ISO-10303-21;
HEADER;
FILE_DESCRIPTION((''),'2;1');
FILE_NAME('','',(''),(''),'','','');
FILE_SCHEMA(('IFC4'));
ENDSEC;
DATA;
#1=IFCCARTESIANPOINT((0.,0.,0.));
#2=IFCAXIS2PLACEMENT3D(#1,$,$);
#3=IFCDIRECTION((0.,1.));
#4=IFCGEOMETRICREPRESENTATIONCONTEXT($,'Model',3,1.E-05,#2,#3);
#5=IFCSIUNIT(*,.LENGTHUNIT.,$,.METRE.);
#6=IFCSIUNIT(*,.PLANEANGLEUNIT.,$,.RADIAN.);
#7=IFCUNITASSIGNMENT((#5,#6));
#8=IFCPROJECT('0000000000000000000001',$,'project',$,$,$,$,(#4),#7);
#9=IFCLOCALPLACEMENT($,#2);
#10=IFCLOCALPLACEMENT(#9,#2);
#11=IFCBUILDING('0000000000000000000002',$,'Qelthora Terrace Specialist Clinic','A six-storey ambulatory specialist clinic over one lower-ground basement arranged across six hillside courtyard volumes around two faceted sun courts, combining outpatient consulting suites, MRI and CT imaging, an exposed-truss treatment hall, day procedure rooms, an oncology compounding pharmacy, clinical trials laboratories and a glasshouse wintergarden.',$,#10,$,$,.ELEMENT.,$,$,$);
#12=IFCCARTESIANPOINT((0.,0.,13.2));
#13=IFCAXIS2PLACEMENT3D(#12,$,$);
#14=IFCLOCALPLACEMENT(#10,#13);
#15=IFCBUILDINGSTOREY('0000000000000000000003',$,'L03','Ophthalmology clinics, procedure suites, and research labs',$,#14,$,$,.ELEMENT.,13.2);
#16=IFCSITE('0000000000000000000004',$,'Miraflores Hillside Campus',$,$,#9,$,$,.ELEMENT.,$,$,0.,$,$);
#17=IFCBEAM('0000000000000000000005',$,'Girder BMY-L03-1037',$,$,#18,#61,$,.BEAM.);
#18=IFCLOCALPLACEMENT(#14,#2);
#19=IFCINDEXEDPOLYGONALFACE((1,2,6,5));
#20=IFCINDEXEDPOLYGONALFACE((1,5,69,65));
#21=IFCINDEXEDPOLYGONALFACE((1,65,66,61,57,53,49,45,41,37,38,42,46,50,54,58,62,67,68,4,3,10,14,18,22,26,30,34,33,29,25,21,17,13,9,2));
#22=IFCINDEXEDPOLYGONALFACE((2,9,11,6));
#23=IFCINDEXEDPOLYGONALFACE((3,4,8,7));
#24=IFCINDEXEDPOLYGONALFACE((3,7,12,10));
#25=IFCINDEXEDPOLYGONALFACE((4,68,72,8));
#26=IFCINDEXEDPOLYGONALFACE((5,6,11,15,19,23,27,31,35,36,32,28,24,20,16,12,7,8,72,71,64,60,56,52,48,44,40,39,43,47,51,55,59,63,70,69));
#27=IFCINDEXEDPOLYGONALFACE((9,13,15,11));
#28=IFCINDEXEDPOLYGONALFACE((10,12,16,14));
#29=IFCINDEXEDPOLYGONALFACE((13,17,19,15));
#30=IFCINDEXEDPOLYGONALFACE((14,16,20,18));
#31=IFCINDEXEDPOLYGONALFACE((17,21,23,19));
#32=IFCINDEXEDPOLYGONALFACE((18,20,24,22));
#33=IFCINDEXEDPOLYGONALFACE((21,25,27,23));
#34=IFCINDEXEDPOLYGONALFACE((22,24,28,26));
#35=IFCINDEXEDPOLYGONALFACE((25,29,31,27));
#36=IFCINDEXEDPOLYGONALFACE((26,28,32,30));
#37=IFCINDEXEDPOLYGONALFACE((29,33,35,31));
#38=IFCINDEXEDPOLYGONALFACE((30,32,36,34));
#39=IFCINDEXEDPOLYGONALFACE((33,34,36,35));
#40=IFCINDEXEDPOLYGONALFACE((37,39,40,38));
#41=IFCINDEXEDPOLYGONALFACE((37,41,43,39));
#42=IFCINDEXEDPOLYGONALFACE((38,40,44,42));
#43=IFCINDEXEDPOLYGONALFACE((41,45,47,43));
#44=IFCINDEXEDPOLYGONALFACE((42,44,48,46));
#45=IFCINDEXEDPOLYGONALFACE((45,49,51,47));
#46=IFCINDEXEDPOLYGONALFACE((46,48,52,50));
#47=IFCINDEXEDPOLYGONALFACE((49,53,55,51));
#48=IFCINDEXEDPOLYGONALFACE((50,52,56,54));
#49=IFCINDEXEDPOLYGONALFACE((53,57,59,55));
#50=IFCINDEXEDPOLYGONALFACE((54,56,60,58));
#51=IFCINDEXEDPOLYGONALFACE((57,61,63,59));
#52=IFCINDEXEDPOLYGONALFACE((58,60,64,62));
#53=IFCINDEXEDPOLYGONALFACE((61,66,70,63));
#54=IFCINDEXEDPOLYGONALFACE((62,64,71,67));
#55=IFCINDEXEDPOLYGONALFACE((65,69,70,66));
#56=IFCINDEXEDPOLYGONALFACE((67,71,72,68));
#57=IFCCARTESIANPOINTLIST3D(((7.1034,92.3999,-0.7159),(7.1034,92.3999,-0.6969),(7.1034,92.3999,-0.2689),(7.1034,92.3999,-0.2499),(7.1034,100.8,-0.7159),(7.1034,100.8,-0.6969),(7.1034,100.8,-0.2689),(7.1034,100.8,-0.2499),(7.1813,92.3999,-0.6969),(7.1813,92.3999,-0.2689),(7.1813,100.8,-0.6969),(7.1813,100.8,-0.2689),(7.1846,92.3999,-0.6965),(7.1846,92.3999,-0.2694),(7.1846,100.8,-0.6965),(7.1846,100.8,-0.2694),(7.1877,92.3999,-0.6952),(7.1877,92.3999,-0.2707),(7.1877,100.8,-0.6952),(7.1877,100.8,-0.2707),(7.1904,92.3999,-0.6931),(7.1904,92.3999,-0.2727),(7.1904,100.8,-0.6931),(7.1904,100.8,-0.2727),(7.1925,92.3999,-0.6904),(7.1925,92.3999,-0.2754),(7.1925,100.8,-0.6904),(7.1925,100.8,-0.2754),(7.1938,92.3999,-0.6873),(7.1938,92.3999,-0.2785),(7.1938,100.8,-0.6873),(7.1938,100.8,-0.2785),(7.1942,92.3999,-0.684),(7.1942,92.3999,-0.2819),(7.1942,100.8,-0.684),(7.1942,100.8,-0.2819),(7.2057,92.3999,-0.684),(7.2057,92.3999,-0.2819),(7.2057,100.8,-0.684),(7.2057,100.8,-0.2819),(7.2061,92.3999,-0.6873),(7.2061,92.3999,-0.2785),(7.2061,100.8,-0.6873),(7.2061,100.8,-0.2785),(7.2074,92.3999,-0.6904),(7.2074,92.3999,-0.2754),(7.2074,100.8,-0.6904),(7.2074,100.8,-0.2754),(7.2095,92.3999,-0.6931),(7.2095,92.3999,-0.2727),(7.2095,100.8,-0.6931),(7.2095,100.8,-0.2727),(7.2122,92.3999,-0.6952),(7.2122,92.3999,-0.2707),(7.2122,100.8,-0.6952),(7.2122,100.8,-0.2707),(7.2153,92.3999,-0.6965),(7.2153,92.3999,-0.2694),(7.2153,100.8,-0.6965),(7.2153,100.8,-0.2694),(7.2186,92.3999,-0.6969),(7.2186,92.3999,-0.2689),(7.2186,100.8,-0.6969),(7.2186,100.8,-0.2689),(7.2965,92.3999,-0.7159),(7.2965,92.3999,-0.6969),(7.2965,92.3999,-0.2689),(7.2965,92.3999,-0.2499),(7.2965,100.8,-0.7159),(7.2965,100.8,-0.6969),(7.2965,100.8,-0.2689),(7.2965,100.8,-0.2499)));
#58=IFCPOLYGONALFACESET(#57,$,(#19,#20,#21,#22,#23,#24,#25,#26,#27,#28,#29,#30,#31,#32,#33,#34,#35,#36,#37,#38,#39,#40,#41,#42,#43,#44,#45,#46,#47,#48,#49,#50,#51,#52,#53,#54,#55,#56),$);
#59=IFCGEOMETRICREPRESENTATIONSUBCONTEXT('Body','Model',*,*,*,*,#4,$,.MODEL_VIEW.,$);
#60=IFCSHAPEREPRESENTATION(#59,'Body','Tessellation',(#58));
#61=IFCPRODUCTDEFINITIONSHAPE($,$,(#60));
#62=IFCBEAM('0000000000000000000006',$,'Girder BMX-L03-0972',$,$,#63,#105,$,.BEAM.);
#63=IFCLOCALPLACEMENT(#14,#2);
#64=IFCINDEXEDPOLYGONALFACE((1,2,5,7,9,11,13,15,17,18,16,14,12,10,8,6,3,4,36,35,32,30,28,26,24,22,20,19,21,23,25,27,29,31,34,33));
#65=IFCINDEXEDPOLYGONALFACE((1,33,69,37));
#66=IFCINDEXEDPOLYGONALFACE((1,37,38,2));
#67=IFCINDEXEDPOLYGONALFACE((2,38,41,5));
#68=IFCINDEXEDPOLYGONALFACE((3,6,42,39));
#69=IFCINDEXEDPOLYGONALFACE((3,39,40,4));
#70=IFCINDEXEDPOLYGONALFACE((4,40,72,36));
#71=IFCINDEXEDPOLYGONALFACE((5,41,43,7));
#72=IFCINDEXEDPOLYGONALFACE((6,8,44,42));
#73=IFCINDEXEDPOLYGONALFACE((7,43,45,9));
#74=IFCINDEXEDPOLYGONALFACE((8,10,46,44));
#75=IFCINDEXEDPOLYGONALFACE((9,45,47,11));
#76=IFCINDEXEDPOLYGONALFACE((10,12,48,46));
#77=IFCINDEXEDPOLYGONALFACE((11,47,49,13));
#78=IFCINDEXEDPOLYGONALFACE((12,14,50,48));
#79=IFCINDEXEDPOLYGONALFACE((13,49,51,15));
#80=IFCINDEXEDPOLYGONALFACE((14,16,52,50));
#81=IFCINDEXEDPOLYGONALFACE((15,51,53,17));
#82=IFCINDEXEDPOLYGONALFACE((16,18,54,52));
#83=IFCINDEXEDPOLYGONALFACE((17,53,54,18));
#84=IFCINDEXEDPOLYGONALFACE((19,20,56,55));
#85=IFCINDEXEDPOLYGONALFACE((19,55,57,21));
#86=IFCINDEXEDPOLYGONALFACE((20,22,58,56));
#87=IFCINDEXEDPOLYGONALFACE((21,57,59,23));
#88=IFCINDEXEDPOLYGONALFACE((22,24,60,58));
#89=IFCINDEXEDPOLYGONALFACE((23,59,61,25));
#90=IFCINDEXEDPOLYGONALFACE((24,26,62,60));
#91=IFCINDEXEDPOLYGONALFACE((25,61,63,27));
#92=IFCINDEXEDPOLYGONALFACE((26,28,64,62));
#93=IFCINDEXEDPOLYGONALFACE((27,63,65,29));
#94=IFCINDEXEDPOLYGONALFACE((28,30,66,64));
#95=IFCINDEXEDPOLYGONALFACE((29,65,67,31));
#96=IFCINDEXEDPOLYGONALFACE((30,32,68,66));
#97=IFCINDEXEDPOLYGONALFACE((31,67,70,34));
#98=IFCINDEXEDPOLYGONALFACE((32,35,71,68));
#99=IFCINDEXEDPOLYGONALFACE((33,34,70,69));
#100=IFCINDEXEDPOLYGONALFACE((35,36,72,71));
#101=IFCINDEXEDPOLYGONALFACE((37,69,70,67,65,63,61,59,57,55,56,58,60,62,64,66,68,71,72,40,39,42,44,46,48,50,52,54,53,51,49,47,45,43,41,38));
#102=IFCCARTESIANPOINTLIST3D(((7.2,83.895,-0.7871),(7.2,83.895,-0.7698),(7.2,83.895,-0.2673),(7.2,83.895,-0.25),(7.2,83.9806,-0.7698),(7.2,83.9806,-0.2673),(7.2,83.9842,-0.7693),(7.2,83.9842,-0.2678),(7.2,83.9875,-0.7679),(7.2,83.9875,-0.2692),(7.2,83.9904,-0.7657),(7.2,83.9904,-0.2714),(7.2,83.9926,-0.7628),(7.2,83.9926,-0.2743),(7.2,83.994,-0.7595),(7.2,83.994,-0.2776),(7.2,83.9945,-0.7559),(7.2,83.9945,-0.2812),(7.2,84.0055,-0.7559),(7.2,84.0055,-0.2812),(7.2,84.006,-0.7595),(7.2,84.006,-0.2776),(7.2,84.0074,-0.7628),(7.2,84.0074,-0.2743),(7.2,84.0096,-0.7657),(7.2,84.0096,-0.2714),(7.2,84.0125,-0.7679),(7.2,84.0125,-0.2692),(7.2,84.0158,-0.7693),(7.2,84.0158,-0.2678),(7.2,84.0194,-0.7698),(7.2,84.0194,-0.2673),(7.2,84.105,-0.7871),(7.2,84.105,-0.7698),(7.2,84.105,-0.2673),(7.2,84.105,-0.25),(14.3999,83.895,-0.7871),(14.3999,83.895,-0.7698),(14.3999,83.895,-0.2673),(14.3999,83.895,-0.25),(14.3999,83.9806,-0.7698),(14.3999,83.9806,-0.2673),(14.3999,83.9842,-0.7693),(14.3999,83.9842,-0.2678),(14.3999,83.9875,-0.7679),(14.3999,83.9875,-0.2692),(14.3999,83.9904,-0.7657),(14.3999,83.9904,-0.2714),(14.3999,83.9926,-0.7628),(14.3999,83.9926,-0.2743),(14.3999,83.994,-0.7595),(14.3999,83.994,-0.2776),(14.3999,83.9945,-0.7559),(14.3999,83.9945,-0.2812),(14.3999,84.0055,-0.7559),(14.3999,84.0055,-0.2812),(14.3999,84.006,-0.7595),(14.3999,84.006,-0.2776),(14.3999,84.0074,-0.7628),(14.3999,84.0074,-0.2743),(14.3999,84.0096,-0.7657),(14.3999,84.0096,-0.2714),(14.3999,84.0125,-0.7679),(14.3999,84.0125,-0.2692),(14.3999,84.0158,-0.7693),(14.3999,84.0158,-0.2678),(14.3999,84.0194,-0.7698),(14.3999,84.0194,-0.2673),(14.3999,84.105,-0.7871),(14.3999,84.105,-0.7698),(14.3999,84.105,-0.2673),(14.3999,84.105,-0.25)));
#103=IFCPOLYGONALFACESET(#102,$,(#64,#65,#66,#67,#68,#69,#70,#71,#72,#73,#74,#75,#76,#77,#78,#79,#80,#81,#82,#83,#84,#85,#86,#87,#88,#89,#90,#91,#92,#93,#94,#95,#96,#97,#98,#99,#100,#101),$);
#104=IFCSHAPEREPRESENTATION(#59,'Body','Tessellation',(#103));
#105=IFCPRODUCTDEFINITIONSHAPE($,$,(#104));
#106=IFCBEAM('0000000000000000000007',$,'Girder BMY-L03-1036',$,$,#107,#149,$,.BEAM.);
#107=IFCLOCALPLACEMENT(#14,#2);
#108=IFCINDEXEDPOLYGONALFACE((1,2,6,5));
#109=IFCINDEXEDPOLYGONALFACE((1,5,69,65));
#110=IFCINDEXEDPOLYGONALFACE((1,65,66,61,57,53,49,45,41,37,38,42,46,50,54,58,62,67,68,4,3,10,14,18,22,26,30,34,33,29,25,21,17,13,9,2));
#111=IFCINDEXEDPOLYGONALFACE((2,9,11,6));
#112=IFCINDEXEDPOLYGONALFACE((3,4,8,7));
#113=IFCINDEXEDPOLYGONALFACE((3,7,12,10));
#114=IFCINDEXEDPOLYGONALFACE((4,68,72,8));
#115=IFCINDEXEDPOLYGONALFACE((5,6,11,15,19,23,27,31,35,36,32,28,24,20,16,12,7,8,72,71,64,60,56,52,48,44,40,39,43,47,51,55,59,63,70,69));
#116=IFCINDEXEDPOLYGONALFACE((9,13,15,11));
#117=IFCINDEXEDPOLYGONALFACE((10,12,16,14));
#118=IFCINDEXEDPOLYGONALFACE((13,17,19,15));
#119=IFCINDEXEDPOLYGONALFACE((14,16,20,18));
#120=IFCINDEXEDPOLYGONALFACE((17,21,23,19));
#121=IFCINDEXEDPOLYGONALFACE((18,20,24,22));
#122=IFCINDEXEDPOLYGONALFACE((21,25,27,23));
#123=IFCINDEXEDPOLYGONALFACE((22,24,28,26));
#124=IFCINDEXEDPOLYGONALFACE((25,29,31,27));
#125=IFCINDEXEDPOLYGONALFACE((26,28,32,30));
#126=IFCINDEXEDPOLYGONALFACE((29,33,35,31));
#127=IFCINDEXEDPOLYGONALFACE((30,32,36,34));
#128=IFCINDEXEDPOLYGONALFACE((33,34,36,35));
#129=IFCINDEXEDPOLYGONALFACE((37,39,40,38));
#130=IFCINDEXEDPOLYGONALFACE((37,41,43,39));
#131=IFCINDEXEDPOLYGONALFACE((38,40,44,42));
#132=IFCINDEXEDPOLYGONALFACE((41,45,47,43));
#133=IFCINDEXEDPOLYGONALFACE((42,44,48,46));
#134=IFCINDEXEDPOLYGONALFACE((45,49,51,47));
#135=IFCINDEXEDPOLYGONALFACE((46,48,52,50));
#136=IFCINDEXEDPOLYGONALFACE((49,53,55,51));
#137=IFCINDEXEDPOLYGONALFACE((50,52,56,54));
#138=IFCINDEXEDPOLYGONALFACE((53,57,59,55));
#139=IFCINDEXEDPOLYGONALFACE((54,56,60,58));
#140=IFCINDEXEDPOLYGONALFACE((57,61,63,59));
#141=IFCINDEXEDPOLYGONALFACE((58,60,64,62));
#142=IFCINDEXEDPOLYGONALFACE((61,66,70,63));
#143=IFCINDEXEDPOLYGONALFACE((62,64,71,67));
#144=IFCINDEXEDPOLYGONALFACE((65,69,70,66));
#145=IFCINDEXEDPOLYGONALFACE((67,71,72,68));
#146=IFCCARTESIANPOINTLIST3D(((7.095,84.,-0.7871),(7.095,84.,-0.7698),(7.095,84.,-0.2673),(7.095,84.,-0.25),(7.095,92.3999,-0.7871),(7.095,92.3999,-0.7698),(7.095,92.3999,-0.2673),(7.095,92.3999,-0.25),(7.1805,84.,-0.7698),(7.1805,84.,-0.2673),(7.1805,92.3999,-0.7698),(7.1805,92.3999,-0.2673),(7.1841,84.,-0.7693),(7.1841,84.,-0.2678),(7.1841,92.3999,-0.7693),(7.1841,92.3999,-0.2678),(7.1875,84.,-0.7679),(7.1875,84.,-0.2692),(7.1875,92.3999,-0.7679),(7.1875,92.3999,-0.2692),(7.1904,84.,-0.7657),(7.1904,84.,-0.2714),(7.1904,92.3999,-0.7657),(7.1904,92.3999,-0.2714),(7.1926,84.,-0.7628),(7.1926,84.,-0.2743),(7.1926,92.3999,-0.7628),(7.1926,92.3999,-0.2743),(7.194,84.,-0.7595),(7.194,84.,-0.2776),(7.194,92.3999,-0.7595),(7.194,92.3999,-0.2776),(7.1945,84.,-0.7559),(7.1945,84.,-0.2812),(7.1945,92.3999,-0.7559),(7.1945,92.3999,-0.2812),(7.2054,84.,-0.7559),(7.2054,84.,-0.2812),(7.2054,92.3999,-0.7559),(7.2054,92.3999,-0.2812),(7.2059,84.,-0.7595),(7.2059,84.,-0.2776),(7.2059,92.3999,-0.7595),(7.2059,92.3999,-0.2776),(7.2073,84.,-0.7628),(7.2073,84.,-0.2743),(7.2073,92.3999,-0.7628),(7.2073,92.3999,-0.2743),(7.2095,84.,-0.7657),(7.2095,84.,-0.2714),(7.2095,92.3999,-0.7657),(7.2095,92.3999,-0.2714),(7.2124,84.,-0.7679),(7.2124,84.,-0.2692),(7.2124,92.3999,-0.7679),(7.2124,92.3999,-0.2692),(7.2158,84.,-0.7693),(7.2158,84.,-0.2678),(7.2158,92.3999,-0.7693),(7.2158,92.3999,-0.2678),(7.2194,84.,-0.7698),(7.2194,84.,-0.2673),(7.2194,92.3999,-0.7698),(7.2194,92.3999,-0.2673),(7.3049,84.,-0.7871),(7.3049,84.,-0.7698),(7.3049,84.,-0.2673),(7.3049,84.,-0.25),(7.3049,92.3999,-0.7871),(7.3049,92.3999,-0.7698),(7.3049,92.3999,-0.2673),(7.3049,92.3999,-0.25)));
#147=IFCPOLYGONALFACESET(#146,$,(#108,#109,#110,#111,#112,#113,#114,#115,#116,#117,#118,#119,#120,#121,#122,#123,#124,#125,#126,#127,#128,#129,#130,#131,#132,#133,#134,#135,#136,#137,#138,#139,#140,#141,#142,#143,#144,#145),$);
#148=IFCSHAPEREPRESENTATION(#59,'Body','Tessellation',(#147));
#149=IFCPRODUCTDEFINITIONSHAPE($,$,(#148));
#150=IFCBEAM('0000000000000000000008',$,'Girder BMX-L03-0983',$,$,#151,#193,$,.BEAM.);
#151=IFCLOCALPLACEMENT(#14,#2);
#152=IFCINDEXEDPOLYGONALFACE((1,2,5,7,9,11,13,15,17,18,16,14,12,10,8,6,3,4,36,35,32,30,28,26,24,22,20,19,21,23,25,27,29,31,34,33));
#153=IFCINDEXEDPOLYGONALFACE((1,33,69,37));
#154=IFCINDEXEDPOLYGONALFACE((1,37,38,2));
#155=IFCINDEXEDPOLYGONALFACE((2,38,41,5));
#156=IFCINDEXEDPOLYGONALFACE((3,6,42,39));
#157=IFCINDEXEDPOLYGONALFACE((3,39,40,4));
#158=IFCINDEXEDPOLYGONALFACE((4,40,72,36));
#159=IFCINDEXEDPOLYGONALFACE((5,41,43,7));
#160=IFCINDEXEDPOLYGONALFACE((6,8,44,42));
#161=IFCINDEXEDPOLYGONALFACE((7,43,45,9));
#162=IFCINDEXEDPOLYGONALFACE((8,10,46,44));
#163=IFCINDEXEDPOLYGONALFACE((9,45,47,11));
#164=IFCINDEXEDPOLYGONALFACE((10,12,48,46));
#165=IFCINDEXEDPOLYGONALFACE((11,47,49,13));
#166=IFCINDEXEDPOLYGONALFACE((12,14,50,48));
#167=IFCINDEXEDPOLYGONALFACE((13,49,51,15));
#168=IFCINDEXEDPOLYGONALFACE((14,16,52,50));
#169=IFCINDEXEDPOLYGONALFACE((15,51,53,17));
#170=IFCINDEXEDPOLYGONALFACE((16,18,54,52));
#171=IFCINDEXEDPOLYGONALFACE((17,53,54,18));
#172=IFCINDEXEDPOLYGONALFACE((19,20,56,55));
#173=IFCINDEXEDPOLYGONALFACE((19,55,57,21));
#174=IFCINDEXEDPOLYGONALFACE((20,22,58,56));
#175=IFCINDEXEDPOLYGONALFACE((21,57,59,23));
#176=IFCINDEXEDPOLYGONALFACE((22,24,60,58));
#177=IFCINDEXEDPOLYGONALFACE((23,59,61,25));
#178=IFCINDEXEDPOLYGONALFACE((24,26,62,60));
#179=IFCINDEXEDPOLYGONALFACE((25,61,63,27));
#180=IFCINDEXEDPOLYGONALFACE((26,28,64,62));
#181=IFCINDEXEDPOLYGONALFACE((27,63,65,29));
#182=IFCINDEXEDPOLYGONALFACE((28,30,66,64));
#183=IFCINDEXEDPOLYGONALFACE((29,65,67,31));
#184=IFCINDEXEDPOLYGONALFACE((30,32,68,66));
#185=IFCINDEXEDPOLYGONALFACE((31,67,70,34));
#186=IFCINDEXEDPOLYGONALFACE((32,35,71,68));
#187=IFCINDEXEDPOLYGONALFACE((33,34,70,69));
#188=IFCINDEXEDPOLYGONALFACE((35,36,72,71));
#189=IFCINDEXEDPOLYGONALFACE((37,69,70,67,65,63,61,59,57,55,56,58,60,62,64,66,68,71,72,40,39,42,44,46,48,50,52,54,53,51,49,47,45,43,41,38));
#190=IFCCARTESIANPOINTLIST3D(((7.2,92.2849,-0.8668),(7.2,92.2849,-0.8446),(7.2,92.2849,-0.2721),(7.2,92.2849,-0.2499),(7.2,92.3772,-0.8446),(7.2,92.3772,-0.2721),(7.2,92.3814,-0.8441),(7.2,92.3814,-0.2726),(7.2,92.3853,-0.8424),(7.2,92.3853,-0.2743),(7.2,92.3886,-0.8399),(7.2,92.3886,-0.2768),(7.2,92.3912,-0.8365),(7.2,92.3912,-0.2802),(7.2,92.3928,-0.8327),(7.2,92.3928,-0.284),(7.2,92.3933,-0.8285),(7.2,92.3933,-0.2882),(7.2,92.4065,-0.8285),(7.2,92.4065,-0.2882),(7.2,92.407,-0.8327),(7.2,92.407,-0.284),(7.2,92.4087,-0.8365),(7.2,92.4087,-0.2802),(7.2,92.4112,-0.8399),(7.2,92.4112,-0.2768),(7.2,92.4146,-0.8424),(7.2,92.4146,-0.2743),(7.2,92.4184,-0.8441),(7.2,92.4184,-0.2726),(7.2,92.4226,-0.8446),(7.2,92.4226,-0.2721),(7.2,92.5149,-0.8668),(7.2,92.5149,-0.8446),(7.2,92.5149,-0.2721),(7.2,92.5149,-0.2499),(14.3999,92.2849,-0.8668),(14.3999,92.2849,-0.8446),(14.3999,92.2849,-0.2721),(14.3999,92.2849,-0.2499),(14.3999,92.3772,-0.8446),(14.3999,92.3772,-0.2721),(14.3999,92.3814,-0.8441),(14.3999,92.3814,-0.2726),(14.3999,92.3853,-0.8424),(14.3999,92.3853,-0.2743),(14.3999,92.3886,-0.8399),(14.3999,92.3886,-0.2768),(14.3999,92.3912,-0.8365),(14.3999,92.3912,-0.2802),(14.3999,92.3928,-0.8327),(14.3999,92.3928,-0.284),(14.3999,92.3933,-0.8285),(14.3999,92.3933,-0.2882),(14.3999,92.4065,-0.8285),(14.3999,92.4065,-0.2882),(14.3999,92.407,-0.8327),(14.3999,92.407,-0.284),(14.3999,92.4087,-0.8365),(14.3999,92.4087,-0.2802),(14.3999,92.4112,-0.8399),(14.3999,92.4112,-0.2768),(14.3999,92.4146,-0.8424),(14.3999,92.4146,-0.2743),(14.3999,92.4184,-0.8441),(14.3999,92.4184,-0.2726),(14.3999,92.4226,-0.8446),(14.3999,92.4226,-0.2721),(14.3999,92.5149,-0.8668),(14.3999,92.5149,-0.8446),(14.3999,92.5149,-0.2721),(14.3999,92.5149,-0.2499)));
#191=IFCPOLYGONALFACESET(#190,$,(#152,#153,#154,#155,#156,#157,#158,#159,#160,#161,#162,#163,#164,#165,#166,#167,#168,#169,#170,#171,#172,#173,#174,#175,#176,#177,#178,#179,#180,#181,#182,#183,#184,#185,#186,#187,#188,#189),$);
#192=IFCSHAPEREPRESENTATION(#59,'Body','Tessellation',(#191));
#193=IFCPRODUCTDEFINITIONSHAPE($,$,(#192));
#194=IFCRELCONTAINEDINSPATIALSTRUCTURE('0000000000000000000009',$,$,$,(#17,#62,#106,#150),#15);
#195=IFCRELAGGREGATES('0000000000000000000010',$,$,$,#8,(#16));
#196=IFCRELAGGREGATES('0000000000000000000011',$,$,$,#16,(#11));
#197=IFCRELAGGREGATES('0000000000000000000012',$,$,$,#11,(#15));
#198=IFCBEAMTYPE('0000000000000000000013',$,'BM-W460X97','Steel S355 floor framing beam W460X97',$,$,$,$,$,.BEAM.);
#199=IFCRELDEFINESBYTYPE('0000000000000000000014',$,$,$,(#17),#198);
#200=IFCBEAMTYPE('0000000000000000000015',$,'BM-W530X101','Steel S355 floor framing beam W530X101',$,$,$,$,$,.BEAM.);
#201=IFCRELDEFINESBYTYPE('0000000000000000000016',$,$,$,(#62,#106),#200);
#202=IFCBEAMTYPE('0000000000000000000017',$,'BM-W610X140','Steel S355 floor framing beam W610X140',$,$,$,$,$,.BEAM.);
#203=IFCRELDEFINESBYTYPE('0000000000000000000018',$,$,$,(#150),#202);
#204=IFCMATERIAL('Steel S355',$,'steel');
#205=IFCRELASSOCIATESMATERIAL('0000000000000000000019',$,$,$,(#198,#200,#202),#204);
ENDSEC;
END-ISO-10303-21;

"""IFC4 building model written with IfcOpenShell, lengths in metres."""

from ifc_helpers import new_model, si_unit, direction, frame, origin, origin_2d, place, context, subcontext, project, spatial, i_section, extrude, material, material_profile, profile_set, type_object, element, save


model = new_model("IFC4")

# Units and contexts
model_context = context("Model", 3, precision=1e-05, world=origin(), true_north=direction((0.0, 1.0)))
body_context = subcontext(model_context, "Body", "Model", "MODEL_VIEW")
ifc_project = project(units=[si_unit("LENGTHUNIT", "METRE"), si_unit("PLANEANGLEUNIT", "RADIAN")], contexts=[model_context])

# Site, building, storey
site_placement = place(None, origin())
site = spatial("IfcSite", under=ifc_project, at=site_placement, Name="Miraflores Hillside Campus", CompositionType="ELEMENT", RefElevation=0.0)
building_placement = place(site_placement, origin())
building = spatial("IfcBuilding", under=site, at=building_placement, Name="Qelthora Terrace Specialist Clinic", Description="A six-storey ambulatory specialist clinic over one lower-ground basement arranged across six hillside courtyard volumes around two faceted sun courts, combining outpatient consulting suites, MRI and CT imaging, an exposed-truss treatment hall, day procedure rooms, an oncology compounding pharmacy, clinical trials laboratories and a glasshouse wintergarden.", CompositionType="ELEMENT")
storey_placement = place(building_placement, frame((0.0, 0.0, 13.2)))
storey = spatial("IfcBuildingStorey", under=building, at=storey_placement, Name="L03", Description="Ophthalmology clinics, procedure suites, and research labs", CompositionType="ELEMENT", Elevation=13.2)

# Shared definitions
ifc_material_1 = material(Name="Steel S355", Category="steel")

# Beams
ifc_material_profile_1 = material_profile(ifc_material_1, i_section(OverallWidth=0.1931, OverallDepth=0.4661, WebThickness=0.0115, FlangeThickness=0.019, FilletRadius=0.0129, at=origin_2d()), Name="W460X97")
ifc_profile_set_1 = profile_set([ifc_material_profile_1], Name="Steel S355")
beam_type_1 = type_object("IfcBeamType", Name="BM-W460X97", Description="Steel S355 floor framing beam W460X97", PredefinedType="BEAM", material=ifc_profile_set_1)
beam_1_placement = place(storey_placement, frame((7.2, 92.3999, -0.4829), z_axis=(0.0, 1.0, 0.0), x_axis=(-1.0, 0.0, 0.0)))
element("IfcBeam", 1, at=beam_1_placement, inside=storey, type_object=beam_type_1, Name="Girder BMY-L03-1037", PredefinedType="BEAM", context=body_context, shape_type="SweptSolid", body=[
    extrude(i_section(OverallWidth=0.1931, OverallDepth=0.4661, WebThickness=0.0115, FlangeThickness=0.019, FilletRadius=0.0129, at=origin_2d()), origin(), (0.0, 0.0, 1.0), 8.4001),
])
ifc_material_profile_2 = material_profile(ifc_material_1, i_section(OverallWidth=0.21, OverallDepth=0.5371, WebThickness=0.011, FlangeThickness=0.0173, FilletRadius=0.0139, at=origin_2d()), Name="W530X101")
ifc_profile_set_2 = profile_set([ifc_material_profile_2], Name="Steel S355")
beam_type_2 = type_object("IfcBeamType", Name="BM-W530X101", Description="Steel S355 floor framing beam W530X101", PredefinedType="BEAM", material=ifc_profile_set_2)
beam_2_placement = place(storey_placement, frame((7.2, 84.0, -0.5186), z_axis=(1.0, 0.0, 0.0), x_axis=(0.0, 1.0, 0.0)))
element("IfcBeam", 2, at=beam_2_placement, inside=storey, type_object=beam_type_2, Name="Girder BMX-L03-0972", PredefinedType="BEAM", context=body_context, shape_type="SweptSolid", body=[
    extrude(i_section(OverallWidth=0.21, OverallDepth=0.5371, WebThickness=0.011, FlangeThickness=0.0173, FilletRadius=0.0139, at=origin_2d()), origin(), (0.0, 0.0, 1.0), 7.2),
])
beam_3_placement = place(storey_placement, frame((7.2, 84.0, -0.5186), z_axis=(0.0, 1.0, 0.0), x_axis=(-1.0, 0.0, 0.0)))
element("IfcBeam", 3, at=beam_3_placement, inside=storey, type_object=beam_type_2, Name="Girder BMY-L03-1036", PredefinedType="BEAM", context=body_context, shape_type="SweptSolid", body=[
    extrude(i_section(OverallWidth=0.21, OverallDepth=0.5371, WebThickness=0.011, FlangeThickness=0.0173, FilletRadius=0.0139, at=origin_2d()), origin(), (0.0, 0.0, 1.0), 8.3999),
])
ifc_material_profile_3 = material_profile(ifc_material_1, i_section(OverallWidth=0.23, OverallDepth=0.6169, WebThickness=0.0132, FlangeThickness=0.0222, FilletRadius=0.0161, at=origin_2d()), Name="W610X140")
ifc_profile_set_3 = profile_set([ifc_material_profile_3], Name="Steel S355")
beam_type_3 = type_object("IfcBeamType", Name="BM-W610X140", Description="Steel S355 floor framing beam W610X140", PredefinedType="BEAM", material=ifc_profile_set_3)
beam_4_placement = place(storey_placement, frame((7.2, 92.3999, -0.5583), z_axis=(1.0, 0.0, 0.0), x_axis=(0.0, 1.0, 0.0)))
element("IfcBeam", 4, at=beam_4_placement, inside=storey, type_object=beam_type_3, Name="Girder BMX-L03-0983", PredefinedType="BEAM", context=body_context, shape_type="SweptSolid", body=[
    extrude(i_section(OverallWidth=0.23, OverallDepth=0.6169, WebThickness=0.0132, FlangeThickness=0.0222, FilletRadius=0.0161, at=origin_2d()), origin(), (0.0, 0.0, 1.0), 7.2),
])

save(model, "model.ifc")
